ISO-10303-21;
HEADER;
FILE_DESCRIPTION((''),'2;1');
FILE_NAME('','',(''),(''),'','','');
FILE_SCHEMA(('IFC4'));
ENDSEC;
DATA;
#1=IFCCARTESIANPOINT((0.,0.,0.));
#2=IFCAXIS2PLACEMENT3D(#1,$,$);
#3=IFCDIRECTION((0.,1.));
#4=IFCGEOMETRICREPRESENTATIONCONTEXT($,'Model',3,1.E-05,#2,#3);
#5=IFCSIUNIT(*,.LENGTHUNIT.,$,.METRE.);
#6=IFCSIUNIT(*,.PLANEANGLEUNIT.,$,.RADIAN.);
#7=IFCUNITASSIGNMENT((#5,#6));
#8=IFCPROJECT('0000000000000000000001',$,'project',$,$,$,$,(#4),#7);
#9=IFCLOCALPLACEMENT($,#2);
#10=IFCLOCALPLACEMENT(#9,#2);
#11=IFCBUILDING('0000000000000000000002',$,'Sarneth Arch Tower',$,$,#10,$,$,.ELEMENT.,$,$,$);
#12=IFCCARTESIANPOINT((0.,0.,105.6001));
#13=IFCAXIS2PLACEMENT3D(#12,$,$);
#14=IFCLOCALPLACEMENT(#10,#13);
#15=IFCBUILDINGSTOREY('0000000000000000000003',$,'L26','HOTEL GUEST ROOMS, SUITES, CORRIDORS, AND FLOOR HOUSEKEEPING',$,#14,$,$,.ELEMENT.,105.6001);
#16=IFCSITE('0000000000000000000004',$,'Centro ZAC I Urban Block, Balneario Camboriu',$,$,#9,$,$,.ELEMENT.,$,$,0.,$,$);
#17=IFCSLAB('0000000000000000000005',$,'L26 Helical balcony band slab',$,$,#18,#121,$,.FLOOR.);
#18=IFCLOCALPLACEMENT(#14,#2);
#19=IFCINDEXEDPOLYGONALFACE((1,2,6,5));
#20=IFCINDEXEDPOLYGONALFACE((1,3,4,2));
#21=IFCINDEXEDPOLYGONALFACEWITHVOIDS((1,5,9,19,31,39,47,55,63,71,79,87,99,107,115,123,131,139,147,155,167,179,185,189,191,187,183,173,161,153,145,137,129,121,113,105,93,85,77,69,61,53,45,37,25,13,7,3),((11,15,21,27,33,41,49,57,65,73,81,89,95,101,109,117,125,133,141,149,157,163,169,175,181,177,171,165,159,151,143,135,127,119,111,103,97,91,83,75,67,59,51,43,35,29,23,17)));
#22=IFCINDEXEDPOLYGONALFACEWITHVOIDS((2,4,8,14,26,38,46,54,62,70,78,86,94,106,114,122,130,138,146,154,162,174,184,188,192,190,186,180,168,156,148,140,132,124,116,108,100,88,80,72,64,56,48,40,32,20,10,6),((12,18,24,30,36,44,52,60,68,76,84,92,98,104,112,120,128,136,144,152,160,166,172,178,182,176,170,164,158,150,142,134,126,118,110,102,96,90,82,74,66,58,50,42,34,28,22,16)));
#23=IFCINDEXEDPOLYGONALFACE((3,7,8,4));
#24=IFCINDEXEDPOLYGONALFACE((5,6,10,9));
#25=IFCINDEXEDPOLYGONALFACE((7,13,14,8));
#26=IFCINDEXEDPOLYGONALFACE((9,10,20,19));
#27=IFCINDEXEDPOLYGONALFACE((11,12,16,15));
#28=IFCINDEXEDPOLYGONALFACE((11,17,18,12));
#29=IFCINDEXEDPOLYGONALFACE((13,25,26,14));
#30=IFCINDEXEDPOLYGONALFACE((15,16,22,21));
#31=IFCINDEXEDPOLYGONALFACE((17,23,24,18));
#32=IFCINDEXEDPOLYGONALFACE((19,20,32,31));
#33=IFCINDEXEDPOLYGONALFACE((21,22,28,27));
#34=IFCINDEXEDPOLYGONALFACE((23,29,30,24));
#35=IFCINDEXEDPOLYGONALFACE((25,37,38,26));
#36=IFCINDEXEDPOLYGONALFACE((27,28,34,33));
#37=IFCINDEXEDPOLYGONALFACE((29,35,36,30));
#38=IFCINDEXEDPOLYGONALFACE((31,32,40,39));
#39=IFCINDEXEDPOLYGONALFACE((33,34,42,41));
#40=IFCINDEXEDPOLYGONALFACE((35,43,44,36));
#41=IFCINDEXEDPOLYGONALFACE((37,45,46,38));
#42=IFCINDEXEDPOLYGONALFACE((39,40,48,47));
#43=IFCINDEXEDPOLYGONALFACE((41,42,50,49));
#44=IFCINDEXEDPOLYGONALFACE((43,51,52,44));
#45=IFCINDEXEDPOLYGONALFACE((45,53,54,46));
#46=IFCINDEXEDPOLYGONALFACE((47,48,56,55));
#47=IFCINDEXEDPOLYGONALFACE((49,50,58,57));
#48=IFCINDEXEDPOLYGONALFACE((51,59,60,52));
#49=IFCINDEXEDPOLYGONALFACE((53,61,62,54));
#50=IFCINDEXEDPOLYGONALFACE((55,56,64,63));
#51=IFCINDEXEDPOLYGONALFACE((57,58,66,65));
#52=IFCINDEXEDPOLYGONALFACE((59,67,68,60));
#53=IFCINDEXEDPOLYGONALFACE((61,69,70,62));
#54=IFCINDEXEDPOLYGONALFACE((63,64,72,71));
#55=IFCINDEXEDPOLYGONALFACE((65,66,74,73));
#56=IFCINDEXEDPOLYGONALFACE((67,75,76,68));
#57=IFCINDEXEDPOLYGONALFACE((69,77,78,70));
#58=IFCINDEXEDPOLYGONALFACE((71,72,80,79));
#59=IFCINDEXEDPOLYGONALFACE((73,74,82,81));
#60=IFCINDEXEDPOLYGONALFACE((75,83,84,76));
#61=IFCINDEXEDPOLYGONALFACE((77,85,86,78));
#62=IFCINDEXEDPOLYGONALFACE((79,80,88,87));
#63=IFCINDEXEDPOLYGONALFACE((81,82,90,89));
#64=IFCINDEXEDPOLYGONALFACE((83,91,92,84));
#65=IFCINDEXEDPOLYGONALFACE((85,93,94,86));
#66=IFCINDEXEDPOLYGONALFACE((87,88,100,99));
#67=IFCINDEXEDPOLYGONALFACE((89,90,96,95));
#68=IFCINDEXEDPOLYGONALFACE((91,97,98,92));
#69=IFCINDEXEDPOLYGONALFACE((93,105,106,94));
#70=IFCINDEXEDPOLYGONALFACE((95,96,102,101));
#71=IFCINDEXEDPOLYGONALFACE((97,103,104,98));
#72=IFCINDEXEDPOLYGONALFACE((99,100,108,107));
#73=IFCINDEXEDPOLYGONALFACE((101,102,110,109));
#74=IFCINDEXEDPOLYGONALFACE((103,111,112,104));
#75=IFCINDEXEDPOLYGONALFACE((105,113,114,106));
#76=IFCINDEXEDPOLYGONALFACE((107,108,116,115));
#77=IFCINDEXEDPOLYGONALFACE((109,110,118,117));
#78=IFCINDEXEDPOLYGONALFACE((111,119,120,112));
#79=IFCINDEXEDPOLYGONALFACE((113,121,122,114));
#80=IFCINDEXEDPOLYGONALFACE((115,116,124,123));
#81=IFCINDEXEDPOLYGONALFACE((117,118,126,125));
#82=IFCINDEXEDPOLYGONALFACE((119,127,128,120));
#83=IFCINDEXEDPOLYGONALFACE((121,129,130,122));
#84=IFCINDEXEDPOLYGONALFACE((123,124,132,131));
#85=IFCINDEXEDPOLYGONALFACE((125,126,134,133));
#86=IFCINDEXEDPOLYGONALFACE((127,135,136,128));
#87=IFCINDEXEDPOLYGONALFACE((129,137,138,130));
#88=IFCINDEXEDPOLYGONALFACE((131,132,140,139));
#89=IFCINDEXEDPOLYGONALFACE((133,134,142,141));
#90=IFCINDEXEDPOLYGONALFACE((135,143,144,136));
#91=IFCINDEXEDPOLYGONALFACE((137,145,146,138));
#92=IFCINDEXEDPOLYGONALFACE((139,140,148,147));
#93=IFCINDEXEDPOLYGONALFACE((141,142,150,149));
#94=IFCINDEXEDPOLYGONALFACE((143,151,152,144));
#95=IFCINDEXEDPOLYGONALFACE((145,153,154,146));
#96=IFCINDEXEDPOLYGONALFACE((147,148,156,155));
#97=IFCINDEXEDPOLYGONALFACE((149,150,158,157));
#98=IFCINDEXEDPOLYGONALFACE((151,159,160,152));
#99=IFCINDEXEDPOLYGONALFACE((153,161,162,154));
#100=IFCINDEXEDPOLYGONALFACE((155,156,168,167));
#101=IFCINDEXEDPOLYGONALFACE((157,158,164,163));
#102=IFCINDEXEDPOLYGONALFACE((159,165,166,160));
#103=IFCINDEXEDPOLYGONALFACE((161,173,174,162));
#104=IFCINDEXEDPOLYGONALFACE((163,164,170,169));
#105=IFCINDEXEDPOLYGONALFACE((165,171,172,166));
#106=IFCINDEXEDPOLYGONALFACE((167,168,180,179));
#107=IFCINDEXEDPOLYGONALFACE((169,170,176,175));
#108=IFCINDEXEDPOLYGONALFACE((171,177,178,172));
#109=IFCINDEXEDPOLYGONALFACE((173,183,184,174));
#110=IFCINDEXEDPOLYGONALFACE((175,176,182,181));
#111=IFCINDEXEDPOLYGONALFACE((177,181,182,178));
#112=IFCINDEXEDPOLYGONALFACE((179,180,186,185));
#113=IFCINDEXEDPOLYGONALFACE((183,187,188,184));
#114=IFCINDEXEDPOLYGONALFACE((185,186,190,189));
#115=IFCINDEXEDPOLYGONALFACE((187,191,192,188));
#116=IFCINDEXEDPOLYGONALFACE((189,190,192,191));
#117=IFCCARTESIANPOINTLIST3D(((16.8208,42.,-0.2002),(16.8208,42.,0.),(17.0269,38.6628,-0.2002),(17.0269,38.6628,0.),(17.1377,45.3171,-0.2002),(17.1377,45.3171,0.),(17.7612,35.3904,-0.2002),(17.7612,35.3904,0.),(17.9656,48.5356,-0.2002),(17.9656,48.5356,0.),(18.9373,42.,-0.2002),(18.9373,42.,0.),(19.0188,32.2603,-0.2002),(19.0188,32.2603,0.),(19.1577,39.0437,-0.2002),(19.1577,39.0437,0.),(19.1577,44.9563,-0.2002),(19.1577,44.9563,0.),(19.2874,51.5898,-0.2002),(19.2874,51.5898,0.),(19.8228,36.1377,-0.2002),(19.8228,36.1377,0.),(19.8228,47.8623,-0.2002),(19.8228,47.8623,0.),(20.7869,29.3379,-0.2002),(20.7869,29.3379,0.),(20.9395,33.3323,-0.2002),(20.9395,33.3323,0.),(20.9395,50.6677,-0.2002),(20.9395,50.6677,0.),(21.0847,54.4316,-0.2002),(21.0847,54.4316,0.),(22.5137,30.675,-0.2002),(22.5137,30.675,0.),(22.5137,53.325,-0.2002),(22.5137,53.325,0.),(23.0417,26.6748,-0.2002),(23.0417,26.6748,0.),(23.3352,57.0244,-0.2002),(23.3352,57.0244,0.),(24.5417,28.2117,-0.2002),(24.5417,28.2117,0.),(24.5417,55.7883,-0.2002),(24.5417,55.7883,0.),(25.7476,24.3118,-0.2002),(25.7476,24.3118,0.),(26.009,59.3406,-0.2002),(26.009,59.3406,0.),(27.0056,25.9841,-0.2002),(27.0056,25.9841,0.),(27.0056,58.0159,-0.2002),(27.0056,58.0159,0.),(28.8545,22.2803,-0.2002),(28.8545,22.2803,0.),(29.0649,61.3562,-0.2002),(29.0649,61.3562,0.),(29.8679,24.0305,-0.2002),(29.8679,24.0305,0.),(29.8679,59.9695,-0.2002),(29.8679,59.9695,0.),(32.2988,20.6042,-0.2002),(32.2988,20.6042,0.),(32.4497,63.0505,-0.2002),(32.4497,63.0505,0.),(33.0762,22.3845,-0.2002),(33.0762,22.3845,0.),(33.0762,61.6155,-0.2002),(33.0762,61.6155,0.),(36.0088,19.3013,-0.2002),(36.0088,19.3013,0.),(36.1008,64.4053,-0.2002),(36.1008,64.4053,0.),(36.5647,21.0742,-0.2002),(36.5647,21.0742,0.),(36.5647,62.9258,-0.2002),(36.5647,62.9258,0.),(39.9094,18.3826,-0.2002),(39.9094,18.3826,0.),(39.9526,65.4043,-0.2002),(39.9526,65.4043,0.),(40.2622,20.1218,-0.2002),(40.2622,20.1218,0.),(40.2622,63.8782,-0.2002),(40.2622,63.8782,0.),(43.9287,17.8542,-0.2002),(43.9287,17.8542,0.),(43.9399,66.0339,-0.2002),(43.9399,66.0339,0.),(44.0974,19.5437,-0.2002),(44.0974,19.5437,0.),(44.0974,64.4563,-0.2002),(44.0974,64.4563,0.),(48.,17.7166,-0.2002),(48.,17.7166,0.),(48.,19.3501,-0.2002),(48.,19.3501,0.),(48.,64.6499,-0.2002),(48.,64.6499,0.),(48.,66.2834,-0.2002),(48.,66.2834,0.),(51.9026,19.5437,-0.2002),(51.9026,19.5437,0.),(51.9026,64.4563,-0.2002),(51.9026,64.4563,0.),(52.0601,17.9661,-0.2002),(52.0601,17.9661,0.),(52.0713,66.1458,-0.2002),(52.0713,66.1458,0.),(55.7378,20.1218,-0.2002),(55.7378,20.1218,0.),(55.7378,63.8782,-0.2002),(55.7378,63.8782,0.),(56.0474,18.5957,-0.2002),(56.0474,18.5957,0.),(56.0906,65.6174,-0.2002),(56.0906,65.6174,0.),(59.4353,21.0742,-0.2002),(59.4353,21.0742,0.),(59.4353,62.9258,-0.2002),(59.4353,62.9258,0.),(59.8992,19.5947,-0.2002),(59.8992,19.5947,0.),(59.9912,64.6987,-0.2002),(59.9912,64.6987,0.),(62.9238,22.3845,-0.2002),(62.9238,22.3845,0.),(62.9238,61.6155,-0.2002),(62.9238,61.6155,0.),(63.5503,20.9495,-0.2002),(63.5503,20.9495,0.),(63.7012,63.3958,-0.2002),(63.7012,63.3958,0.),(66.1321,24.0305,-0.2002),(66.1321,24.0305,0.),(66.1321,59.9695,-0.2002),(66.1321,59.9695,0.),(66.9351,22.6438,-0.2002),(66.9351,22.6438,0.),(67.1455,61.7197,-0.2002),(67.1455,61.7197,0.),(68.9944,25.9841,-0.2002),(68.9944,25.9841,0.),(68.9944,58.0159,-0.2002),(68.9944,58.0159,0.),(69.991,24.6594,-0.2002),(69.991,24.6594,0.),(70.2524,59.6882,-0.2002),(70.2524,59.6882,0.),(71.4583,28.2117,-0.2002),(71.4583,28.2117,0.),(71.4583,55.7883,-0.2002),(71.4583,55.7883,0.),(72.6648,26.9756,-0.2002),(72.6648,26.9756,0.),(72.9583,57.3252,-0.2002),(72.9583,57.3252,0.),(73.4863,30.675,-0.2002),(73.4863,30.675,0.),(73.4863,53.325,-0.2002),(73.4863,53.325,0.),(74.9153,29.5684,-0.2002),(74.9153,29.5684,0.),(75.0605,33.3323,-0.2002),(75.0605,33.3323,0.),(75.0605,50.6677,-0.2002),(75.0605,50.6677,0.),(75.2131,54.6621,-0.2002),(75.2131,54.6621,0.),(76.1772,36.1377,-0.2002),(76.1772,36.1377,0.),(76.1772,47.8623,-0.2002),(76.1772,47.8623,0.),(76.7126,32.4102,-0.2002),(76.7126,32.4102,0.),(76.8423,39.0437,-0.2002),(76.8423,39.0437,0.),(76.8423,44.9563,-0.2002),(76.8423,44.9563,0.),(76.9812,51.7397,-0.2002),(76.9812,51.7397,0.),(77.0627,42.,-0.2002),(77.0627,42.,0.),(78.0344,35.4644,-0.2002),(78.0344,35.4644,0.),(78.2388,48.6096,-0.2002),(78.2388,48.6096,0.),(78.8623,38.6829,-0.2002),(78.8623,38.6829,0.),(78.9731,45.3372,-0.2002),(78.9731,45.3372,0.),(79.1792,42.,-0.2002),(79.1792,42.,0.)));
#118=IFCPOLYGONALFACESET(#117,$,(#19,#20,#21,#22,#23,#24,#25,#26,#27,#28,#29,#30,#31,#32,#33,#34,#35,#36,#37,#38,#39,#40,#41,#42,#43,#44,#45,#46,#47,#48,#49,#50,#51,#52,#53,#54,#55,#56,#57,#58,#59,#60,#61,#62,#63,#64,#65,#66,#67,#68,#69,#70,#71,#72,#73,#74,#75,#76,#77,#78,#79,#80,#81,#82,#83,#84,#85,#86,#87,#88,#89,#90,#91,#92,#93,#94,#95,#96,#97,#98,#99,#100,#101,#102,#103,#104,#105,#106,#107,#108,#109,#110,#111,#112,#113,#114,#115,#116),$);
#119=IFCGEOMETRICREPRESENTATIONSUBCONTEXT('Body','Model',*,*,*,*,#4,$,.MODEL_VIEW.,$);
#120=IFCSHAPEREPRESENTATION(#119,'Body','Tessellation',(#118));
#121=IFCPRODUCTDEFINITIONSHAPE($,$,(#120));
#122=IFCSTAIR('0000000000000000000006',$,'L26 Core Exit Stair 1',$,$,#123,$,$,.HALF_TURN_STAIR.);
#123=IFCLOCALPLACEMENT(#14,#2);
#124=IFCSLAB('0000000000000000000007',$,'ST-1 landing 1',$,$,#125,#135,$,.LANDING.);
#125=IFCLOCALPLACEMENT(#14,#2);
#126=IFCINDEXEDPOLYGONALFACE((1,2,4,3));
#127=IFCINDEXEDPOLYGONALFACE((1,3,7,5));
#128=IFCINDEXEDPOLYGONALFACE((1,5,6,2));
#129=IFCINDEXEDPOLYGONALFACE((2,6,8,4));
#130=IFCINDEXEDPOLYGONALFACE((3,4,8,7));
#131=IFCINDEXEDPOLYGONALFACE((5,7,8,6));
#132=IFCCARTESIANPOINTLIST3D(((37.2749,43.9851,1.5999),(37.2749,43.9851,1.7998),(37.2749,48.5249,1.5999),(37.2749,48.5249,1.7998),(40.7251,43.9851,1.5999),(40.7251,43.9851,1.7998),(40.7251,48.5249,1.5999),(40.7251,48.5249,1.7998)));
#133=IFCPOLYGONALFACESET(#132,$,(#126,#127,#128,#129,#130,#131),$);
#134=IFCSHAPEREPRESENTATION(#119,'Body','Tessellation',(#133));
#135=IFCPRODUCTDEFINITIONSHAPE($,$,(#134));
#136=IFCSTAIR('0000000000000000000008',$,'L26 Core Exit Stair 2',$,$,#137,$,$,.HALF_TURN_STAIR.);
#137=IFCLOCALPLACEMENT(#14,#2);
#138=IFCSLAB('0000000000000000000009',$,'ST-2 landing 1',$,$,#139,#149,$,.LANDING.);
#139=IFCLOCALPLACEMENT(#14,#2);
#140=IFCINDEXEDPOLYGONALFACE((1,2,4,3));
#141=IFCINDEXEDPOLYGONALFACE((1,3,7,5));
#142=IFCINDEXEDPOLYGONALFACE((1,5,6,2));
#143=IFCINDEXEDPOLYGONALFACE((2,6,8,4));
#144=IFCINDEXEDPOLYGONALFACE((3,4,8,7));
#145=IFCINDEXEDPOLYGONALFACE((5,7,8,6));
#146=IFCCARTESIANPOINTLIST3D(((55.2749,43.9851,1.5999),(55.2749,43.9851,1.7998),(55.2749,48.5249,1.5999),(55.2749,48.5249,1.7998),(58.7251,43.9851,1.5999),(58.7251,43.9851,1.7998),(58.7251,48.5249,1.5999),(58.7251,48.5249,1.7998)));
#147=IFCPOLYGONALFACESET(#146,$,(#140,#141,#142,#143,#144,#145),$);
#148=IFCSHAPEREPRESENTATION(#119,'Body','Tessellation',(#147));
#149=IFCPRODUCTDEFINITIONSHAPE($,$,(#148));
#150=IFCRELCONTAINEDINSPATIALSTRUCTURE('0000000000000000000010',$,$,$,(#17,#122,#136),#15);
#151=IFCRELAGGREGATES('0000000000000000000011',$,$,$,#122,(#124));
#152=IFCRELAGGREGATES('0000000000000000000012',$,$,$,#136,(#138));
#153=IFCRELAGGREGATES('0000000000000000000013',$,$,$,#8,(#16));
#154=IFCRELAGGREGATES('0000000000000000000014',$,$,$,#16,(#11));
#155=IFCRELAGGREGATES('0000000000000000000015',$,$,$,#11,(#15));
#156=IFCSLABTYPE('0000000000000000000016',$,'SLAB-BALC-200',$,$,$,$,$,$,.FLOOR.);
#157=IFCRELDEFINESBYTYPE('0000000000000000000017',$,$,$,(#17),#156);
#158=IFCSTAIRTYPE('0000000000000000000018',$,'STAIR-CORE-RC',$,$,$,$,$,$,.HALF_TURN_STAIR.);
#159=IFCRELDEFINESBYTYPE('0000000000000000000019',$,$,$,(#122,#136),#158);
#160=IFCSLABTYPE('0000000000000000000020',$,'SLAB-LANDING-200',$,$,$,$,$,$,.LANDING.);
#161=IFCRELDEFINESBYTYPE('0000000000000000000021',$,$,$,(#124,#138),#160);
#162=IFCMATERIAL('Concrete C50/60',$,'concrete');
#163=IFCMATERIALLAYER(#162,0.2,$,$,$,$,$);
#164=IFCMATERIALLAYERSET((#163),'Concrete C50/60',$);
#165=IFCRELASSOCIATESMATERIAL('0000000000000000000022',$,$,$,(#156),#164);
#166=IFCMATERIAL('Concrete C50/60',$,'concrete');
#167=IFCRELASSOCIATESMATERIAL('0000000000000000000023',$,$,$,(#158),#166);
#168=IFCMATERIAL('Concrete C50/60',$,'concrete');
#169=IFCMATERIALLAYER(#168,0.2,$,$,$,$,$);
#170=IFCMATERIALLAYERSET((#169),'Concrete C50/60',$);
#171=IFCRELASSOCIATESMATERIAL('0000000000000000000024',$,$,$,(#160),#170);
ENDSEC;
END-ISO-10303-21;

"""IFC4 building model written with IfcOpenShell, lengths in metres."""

from ifc_helpers import new_model, si_unit, direction, frame, origin, place, context, subcontext, project, spatial, polyline, outline, extrude, material, layer, layer_set, type_object, element, aggregate, save


model = new_model("IFC4")

# Units and contexts
model_context = context("Model", 3, precision=1e-05, world=origin(), true_north=direction((0.0, 1.0)))
body_context = subcontext(model_context, "Body", "Model", "MODEL_VIEW")
ifc_project = project(units=[si_unit("LENGTHUNIT", "METRE"), si_unit("PLANEANGLEUNIT", "RADIAN")], contexts=[model_context])

# Site, building, storey
site_placement = place(None, origin())
site = spatial("IfcSite", under=ifc_project, at=site_placement, Name="Centro ZAC I Urban Block, Balneario Camboriu", CompositionType="ELEMENT", RefElevation=0.0)
building_placement = place(site_placement, origin())
building = spatial("IfcBuilding", under=site, at=building_placement, Name="Sarneth Arch Tower", CompositionType="ELEMENT")
storey_placement = place(building_placement, frame((0.0, 0.0, 105.6001)))
storey = spatial("IfcBuildingStorey", under=building, at=storey_placement, Name="L26", Description="HOTEL GUEST ROOMS, SUITES, CORRIDORS, AND FLOOR HOUSEKEEPING", CompositionType="ELEMENT", Elevation=105.6001)

# Slab
ifc_material_1 = material(Name="Concrete C50/60", Category="concrete")
ifc_layer_1 = layer(ifc_material_1, 0.2)
ifc_layer_set_1 = layer_set([ifc_layer_1], Name="Concrete C50/60")
slab_type_1 = type_object("IfcSlabType", Name="SLAB-BALC-200", PredefinedType="FLOOR", material=ifc_layer_set_1)
slab_1_placement = place(storey_placement, frame((0.0, 0.0, -0.2002)))
element("IfcSlab", 1, at=slab_1_placement, inside=storey, type_object=slab_type_1, Name="L26 Helical balcony band slab", PredefinedType="FLOOR", context=body_context, shape_type="SweptSolid", body=[
    extrude(outline(polyline([(79.1792, 42.0), (78.9731, 45.3372), (78.2388, 48.6096), (76.9812, 51.7397), (75.2131, 54.6621), (72.9583, 57.3252), (70.2524, 59.6882), (67.1455, 61.7197), (63.7012, 63.3958), (59.9912, 64.6987), (56.0906, 65.6174), (52.0713, 66.1458), (48.0, 66.2834), (43.9399, 66.0339), (39.9526, 65.4043), (36.1008, 64.4053), (32.4497, 63.0505), (29.0649, 61.3562), (26.009, 59.3406), (23.3352, 57.0244), (21.0847, 54.4316), (19.2874, 51.5898), (17.9656, 48.5356), (17.1377, 45.3171), (16.8208, 42.0), (17.0269, 38.6628), (17.7612, 35.3904), (19.0188, 32.2603), (20.7869, 29.3379), (23.0417, 26.6748), (25.7476, 24.3118), (28.8545, 22.2803), (32.2988, 20.6042), (36.0088, 19.3013), (39.9094, 18.3826), (43.9287, 17.8542), (48.0, 17.7166), (52.0601, 17.9661), (56.0474, 18.5957), (59.8992, 19.5947), (63.5503, 20.9495), (66.9351, 22.6438), (69.991, 24.6594), (72.6648, 26.9756), (74.9153, 29.5684), (76.7126, 32.4102), (78.0344, 35.4644), (78.8623, 38.6829), (79.1792, 42.0)]), holes=[polyline([(77.0627, 42.0), (76.8423, 44.9563), (76.1772, 47.8623), (75.0605, 50.6677), (73.4863, 53.325), (71.4583, 55.7883), (68.9944, 58.0159), (66.1321, 59.9695), (62.9238, 61.6155), (59.4353, 62.9258), (55.7378, 63.8782), (51.9026, 64.4563), (48.0, 64.6499), (44.0974, 64.4563), (40.2622, 63.8782), (36.5647, 62.9258), (33.0762, 61.6155), (29.8679, 59.9695), (27.0056, 58.0159), (24.5417, 55.7883), (22.5137, 53.325), (20.9395, 50.6677), (19.8228, 47.8623), (19.1577, 44.9563), (18.9373, 42.0), (19.1577, 39.0437), (19.8228, 36.1377), (20.9395, 33.3323), (22.5137, 30.675), (24.5417, 28.2117), (27.0056, 25.9841), (29.8679, 24.0305), (33.0762, 22.3845), (36.5647, 21.0742), (40.2622, 20.1218), (44.0974, 19.5437), (48.0, 19.3501), (51.9026, 19.5437), (55.7378, 20.1218), (59.4353, 21.0742), (62.9238, 22.3845), (66.1321, 24.0305), (68.9944, 25.9841), (71.4583, 28.2117), (73.4863, 30.675), (75.0605, 33.3323), (76.1772, 36.1377), (76.8423, 39.0437), (77.0627, 42.0)])]), origin(), (0.0, 0.0, 1.0), 0.2002),
])

# Stairs, slabs
ifc_material_2 = material(Name="Concrete C50/60", Category="concrete")
stair_type = type_object("IfcStairType", Name="STAIR-CORE-RC", PredefinedType="HALF_TURN_STAIR", material=ifc_material_2)
stair_1_placement = place(storey_placement, origin())
stair_1 = element("IfcStair", 2, at=stair_1_placement, inside=storey, type_object=stair_type, Name="L26 Core Exit Stair 1", PredefinedType="HALF_TURN_STAIR")
ifc_material_3 = material(Name="Concrete C50/60", Category="concrete")
ifc_layer_2 = layer(ifc_material_3, 0.2)
ifc_layer_set_2 = layer_set([ifc_layer_2], Name="Concrete C50/60")
slab_type_2 = type_object("IfcSlabType", Name="SLAB-LANDING-200", PredefinedType="LANDING", material=ifc_layer_set_2)
slab_2_placement = place(storey_placement, frame((0.0, 0.0, 1.5999)))
slab_2 = element("IfcSlab", 3, at=slab_2_placement, type_object=slab_type_2, Name="ST-1 landing 1", PredefinedType="LANDING", context=body_context, shape_type="SweptSolid", body=[
    extrude(outline(polyline([(37.2749, 43.9851), (40.7251, 43.9851), (40.7251, 48.5249), (37.2749, 48.5249), (37.2749, 43.9851)])), origin(), (0.0, 0.0, 1.0), 0.2),
])
aggregate(stair_1, [slab_2])
stair_2_placement = place(storey_placement, origin())
stair_2 = element("IfcStair", 4, at=stair_2_placement, inside=storey, type_object=stair_type, Name="L26 Core Exit Stair 2", PredefinedType="HALF_TURN_STAIR")
slab_3_placement = place(storey_placement, frame((0.0, 0.0, 1.5999)))
slab_3 = element("IfcSlab", 5, at=slab_3_placement, type_object=slab_type_2, Name="ST-2 landing 1", PredefinedType="LANDING", context=body_context, shape_type="SweptSolid", body=[
    extrude(outline(polyline([(55.2749, 43.9851), (58.7251, 43.9851), (58.7251, 48.5249), (55.2749, 48.5249), (55.2749, 43.9851)])), origin(), (0.0, 0.0, 1.0), 0.2),
])
aggregate(stair_2, [slab_3])

save(model, "model.ifc")
